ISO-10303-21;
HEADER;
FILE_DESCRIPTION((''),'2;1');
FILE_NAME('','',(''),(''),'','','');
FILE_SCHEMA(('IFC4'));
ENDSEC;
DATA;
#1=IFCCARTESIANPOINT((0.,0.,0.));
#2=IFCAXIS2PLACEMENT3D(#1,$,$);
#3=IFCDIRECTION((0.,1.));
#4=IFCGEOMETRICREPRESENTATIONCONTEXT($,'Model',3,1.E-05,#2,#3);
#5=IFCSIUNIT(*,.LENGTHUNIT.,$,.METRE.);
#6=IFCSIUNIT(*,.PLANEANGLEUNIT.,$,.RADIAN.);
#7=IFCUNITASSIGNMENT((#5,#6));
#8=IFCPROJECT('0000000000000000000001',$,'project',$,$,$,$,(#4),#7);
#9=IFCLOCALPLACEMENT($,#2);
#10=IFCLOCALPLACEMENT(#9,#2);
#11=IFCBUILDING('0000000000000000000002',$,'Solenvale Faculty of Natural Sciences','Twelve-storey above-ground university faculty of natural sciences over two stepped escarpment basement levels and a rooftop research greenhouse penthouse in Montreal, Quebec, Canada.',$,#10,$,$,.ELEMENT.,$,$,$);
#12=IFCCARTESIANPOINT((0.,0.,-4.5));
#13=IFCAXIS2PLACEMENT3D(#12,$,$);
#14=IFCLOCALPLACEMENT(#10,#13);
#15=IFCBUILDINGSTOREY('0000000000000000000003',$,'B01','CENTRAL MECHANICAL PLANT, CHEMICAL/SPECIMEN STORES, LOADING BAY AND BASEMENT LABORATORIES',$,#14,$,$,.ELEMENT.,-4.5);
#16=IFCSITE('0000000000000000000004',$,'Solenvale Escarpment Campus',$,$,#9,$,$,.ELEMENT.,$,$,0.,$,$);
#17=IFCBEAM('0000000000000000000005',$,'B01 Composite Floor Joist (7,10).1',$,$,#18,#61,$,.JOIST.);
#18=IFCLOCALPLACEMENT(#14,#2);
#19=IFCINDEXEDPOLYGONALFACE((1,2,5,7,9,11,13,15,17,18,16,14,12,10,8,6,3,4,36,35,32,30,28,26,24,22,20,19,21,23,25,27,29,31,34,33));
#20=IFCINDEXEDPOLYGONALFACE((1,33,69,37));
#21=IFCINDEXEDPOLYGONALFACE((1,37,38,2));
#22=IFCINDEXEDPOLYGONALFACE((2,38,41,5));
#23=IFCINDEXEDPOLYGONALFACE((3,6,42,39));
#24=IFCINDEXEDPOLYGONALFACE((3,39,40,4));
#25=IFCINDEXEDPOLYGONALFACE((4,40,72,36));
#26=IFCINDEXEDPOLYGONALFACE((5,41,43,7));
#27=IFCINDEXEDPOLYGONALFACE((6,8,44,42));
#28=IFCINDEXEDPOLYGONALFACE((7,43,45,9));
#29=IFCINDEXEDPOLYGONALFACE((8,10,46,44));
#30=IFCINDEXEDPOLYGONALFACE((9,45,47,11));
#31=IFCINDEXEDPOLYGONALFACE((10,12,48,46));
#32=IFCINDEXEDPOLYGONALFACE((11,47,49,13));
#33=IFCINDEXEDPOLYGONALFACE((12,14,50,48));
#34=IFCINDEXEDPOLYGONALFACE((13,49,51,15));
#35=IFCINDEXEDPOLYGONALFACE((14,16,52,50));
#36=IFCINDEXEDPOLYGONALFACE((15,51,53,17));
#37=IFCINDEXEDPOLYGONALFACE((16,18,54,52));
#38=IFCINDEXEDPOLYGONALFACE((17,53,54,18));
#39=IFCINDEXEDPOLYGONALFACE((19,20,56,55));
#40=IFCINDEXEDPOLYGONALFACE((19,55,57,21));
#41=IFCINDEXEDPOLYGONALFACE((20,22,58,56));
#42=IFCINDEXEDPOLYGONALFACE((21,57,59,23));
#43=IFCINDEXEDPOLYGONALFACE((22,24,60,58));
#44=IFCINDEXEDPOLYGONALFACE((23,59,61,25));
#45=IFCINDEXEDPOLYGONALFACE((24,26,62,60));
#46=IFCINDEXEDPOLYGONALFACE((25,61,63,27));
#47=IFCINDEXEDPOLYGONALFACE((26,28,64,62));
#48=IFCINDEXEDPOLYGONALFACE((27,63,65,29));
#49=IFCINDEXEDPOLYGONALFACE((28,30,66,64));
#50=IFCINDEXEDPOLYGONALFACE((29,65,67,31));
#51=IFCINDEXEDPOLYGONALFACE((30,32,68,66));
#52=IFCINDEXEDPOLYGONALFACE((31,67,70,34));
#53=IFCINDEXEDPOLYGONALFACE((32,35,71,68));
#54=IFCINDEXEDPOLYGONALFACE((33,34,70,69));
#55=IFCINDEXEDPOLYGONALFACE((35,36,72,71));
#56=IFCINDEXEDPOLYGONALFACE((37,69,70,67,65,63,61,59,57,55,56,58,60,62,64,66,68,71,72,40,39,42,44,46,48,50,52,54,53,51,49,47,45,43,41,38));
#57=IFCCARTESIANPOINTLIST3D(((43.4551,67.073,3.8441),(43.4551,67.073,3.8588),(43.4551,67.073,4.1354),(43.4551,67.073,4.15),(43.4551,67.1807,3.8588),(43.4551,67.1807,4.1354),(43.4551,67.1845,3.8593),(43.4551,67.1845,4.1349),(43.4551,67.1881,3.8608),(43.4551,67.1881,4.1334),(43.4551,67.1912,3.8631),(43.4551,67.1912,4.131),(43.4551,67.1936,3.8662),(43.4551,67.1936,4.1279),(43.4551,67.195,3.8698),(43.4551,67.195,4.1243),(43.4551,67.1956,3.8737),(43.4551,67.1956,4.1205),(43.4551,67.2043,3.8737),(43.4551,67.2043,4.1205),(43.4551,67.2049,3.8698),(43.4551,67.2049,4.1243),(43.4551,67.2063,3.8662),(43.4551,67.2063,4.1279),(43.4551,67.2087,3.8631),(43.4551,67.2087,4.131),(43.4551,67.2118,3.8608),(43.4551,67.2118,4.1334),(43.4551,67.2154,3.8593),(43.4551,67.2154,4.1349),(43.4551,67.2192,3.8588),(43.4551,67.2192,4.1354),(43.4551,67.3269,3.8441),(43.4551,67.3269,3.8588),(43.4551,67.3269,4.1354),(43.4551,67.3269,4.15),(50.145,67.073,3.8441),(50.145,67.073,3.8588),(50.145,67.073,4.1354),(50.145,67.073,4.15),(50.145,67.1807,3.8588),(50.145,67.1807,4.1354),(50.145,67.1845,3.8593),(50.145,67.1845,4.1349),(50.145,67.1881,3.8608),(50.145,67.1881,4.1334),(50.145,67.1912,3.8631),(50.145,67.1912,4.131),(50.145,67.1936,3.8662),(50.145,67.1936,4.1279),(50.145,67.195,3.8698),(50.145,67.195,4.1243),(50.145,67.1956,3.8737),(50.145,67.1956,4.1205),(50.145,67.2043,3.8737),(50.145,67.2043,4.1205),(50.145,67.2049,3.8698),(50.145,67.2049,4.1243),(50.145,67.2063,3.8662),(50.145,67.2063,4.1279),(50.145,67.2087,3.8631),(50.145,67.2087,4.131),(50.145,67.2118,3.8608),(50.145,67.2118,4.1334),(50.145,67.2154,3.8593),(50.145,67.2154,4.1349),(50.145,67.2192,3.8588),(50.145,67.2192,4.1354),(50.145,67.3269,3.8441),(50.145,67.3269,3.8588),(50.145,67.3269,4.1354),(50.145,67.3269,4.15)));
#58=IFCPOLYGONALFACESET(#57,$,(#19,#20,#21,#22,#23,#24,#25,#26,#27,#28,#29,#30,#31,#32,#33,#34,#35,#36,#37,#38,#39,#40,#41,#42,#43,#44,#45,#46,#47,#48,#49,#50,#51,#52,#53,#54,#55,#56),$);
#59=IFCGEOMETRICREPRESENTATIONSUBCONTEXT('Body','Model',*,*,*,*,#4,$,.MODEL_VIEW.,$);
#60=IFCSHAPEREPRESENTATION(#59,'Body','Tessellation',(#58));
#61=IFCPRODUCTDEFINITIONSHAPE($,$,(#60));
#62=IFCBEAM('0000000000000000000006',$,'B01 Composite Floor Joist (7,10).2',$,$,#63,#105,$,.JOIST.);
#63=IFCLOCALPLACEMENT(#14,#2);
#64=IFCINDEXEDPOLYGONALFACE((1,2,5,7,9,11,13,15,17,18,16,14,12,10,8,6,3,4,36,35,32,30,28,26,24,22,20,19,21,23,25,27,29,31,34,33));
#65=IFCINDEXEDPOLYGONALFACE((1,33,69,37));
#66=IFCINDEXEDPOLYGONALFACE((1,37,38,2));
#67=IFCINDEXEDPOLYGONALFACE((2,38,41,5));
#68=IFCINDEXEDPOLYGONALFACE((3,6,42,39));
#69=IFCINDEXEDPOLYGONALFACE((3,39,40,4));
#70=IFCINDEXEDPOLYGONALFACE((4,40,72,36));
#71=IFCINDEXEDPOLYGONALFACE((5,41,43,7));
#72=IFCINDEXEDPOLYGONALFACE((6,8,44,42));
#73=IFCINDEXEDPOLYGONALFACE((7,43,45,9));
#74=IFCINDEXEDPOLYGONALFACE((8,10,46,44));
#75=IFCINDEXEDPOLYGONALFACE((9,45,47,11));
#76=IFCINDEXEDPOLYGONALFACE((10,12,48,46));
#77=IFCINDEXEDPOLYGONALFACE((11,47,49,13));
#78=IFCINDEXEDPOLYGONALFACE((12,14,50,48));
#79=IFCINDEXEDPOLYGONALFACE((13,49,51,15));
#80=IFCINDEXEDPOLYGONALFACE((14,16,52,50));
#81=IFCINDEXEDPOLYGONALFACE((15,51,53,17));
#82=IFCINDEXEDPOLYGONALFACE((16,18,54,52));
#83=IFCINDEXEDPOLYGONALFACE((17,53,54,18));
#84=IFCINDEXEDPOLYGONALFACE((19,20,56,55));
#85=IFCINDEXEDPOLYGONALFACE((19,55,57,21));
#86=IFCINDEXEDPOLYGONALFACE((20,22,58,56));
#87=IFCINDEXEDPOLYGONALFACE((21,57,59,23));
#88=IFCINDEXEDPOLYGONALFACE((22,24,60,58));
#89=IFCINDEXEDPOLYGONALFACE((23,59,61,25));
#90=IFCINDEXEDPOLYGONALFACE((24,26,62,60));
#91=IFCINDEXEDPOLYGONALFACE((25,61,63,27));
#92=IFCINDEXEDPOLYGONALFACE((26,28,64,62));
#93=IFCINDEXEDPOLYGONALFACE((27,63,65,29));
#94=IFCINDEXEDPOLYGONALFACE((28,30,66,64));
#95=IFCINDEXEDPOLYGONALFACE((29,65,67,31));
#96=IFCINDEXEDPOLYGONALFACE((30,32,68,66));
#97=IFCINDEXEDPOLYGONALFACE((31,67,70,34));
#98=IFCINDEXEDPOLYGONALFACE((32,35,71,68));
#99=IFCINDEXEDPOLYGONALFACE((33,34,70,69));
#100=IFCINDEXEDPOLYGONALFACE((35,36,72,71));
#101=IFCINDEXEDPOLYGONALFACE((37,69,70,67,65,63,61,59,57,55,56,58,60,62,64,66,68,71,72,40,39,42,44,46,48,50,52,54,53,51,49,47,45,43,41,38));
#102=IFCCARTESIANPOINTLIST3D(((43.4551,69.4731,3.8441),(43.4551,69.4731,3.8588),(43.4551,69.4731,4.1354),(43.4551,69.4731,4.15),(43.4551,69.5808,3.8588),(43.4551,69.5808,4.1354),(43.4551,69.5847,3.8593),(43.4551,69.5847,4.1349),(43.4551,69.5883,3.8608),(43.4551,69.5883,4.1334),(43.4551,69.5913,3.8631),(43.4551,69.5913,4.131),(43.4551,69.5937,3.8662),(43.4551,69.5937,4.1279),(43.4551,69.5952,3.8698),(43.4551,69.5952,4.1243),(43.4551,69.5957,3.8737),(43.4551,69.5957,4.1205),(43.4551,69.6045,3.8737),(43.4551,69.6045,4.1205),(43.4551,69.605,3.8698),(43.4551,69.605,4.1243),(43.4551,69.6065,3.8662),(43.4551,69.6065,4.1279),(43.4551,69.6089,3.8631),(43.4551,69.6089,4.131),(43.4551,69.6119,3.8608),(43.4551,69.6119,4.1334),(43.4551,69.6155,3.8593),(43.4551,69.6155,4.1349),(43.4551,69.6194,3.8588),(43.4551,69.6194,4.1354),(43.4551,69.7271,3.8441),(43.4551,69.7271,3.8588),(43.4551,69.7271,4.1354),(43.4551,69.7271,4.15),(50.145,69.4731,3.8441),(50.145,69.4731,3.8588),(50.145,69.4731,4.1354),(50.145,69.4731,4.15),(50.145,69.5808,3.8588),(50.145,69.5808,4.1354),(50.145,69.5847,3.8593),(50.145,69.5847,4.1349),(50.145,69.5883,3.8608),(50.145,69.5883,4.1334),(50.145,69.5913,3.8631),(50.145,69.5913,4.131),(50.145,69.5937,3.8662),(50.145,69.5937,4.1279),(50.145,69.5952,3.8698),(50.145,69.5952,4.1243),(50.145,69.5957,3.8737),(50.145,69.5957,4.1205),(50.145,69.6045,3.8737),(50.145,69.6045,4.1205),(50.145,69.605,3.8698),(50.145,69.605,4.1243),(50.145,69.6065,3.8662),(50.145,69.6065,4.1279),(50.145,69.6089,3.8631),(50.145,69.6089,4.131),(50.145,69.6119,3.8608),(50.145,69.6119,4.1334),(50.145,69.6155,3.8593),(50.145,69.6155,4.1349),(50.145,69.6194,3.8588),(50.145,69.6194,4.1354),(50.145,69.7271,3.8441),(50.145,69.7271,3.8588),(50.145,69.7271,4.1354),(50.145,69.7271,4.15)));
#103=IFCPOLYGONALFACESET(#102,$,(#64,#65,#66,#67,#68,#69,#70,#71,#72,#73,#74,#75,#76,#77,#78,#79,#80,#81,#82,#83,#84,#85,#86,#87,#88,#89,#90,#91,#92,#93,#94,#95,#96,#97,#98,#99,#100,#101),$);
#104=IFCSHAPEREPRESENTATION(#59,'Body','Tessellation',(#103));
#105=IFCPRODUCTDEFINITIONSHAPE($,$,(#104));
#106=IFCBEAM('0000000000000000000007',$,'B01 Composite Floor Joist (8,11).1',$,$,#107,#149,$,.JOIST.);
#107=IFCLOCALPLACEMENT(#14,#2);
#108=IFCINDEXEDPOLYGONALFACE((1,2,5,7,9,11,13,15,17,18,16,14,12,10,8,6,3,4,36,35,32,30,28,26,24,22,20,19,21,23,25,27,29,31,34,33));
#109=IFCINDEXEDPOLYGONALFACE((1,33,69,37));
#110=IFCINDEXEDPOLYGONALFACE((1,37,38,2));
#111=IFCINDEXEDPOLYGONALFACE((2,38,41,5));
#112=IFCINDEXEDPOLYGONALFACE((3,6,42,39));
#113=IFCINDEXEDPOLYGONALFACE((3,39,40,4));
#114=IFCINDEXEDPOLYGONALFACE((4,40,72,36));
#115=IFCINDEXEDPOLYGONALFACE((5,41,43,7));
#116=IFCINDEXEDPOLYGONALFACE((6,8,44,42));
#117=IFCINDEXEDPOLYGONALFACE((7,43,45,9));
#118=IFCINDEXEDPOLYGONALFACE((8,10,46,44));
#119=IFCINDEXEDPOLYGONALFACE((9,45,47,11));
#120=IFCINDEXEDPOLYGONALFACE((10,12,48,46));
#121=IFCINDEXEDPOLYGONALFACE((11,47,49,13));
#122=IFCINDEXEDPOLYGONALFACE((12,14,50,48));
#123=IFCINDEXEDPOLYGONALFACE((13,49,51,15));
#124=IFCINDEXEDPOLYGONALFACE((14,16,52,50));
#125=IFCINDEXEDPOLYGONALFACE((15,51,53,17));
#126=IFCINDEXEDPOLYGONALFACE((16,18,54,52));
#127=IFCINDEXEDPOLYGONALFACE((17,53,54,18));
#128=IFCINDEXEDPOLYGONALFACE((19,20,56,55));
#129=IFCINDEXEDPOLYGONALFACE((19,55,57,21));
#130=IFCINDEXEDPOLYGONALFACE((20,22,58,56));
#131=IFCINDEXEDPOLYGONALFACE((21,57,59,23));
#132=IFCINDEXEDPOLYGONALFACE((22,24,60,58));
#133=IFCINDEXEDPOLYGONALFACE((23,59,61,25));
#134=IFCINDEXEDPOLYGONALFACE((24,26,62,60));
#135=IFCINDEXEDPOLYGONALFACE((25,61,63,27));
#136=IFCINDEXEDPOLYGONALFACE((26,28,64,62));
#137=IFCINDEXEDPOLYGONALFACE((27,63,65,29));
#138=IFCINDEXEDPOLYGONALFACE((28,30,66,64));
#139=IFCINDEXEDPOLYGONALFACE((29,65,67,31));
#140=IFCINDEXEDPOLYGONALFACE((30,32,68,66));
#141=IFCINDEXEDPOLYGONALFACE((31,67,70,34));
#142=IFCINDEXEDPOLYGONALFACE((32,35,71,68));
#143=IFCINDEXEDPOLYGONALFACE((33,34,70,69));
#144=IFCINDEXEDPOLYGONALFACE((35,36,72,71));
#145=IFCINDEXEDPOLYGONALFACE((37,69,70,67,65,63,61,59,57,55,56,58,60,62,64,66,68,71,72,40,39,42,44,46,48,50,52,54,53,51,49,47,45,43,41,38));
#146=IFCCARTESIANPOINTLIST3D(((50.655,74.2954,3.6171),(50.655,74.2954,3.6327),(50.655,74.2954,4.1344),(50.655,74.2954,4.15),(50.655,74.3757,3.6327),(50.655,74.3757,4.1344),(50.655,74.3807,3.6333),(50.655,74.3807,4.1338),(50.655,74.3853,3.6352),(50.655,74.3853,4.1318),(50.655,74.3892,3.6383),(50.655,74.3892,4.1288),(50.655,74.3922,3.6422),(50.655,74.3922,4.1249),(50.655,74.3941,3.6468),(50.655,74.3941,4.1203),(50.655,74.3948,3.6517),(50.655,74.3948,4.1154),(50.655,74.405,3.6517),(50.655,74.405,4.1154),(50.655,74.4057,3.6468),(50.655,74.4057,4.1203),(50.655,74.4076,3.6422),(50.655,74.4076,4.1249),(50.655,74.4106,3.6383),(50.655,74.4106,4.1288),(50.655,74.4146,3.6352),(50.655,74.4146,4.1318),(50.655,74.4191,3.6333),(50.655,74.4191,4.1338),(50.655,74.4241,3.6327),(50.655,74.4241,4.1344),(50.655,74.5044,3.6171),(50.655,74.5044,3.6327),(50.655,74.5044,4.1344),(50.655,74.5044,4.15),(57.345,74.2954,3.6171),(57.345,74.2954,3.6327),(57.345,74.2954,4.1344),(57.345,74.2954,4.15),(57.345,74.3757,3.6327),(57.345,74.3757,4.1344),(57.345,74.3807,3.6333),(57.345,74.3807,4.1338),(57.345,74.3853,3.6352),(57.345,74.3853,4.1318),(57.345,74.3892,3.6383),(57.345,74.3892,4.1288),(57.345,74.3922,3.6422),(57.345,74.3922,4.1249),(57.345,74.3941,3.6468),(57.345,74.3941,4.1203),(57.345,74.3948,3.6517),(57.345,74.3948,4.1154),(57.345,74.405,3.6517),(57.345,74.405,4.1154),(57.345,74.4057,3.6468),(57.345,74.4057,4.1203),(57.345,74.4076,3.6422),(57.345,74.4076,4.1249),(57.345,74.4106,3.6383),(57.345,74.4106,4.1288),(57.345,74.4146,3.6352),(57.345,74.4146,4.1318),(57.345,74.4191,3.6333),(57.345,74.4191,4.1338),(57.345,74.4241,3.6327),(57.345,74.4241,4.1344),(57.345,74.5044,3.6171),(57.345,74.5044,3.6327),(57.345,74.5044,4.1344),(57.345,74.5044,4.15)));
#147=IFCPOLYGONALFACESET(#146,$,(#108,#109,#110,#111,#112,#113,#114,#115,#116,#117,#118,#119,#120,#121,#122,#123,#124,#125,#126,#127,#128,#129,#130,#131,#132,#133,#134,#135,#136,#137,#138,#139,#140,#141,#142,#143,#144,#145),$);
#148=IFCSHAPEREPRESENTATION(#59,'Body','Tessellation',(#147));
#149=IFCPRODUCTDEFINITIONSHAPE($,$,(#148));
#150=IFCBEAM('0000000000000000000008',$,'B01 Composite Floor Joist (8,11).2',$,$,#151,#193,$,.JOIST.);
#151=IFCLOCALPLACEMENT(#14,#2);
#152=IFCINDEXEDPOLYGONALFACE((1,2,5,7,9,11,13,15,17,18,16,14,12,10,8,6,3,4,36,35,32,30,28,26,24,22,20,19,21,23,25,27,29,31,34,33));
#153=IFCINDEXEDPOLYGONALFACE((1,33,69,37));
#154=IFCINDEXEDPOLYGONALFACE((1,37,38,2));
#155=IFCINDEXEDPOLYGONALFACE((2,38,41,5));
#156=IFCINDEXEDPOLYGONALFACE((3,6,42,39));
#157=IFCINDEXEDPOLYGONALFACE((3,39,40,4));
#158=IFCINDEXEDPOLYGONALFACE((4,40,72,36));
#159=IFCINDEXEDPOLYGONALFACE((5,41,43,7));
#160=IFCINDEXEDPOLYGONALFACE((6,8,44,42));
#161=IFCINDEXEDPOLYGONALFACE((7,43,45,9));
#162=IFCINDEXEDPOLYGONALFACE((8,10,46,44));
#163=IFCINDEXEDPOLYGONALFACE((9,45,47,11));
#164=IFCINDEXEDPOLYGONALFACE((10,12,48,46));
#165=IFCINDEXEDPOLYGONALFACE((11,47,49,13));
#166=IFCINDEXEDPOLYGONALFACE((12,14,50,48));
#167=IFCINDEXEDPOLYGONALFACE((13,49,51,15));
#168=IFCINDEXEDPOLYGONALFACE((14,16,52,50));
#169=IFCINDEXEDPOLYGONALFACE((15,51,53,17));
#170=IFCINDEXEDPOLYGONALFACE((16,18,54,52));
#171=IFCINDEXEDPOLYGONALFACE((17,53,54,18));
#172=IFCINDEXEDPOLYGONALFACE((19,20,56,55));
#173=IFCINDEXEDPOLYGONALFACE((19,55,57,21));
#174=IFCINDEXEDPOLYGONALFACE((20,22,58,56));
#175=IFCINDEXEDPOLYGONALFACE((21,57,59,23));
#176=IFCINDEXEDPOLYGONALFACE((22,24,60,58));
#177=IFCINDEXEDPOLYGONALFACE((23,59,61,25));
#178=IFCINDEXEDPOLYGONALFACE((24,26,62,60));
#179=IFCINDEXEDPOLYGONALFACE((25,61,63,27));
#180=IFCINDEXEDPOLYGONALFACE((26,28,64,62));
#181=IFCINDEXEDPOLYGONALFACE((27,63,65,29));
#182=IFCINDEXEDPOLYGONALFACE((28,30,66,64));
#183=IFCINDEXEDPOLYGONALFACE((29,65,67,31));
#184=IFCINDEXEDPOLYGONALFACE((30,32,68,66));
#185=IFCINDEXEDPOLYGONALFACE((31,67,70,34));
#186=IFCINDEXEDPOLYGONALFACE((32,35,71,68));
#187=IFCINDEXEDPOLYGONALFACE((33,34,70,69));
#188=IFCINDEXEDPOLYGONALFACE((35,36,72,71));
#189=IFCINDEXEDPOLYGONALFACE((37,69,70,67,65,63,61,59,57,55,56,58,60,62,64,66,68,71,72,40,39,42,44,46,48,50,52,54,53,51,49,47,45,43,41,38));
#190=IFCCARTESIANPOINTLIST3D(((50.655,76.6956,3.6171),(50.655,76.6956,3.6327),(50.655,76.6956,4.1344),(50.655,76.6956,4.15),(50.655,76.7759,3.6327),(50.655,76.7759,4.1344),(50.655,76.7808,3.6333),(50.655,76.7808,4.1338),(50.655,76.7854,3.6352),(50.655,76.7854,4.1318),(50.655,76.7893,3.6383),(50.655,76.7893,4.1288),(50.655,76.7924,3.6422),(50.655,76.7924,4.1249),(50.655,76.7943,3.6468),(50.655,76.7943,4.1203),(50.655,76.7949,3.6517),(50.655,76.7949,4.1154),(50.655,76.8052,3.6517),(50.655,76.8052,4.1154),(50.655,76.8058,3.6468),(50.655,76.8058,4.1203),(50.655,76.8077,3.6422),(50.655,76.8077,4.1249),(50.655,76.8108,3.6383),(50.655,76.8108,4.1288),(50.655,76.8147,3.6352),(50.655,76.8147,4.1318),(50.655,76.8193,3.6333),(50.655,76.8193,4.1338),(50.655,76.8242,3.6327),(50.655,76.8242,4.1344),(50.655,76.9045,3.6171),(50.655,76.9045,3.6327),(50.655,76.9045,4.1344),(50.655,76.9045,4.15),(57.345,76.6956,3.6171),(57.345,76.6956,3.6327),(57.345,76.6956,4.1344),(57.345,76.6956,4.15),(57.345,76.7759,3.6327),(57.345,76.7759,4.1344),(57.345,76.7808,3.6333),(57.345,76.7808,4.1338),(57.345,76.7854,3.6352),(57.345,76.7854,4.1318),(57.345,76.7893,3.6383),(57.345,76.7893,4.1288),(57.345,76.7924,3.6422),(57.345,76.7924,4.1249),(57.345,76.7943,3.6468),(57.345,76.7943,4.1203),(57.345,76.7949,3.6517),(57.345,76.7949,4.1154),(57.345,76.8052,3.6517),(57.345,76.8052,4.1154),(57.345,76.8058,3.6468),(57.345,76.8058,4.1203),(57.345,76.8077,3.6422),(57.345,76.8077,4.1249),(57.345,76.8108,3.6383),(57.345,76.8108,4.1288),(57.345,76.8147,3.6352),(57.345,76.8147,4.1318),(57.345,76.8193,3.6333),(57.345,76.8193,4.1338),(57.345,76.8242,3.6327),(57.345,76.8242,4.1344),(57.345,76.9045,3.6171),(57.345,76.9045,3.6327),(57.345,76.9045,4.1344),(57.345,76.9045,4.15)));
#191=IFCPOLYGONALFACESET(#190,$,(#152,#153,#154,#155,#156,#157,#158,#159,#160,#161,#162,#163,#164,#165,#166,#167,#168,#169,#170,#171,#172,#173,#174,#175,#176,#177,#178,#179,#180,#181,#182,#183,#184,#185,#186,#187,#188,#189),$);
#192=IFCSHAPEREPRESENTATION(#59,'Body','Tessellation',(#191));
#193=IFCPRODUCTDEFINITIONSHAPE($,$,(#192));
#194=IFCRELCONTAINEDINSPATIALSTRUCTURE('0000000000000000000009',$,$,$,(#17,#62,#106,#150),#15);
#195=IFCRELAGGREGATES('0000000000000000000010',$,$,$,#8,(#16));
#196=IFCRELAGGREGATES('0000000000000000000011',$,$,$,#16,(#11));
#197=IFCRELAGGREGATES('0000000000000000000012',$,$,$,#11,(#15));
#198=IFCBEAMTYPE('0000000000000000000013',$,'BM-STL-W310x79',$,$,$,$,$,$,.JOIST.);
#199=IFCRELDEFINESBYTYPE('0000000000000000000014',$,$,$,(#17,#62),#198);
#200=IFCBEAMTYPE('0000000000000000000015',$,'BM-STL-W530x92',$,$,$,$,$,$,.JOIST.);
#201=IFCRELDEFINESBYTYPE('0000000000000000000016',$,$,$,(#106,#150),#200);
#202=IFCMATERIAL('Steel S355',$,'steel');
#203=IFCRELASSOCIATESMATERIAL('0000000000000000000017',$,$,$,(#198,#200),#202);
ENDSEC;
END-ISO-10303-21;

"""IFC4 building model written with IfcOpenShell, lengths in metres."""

from ifc_helpers import new_model, si_unit, direction, frame, origin, origin_2d, place, context, subcontext, project, spatial, i_section, extrude, material, material_profile, profile_set, type_object, element, save


model = new_model("IFC4")

# Units and contexts
model_context = context("Model", 3, precision=1e-05, world=origin(), true_north=direction((0.0, 1.0)))
body_context = subcontext(model_context, "Body", "Model", "MODEL_VIEW")
ifc_project = project(units=[si_unit("LENGTHUNIT", "METRE"), si_unit("PLANEANGLEUNIT", "RADIAN")], contexts=[model_context])

# Site, building, storey
site_placement = place(None, origin())
site = spatial("IfcSite", under=ifc_project, at=site_placement, Name="Solenvale Escarpment Campus", CompositionType="ELEMENT", RefElevation=0.0)
building_placement = place(site_placement, origin())
building = spatial("IfcBuilding", under=site, at=building_placement, Name="Solenvale Faculty of Natural Sciences", Description="Twelve-storey above-ground university faculty of natural sciences over two stepped escarpment basement levels and a rooftop research greenhouse penthouse in Montreal, Quebec, Canada.", CompositionType="ELEMENT")
storey_placement = place(building_placement, frame((0.0, 0.0, -4.5)))
storey = spatial("IfcBuildingStorey", under=building, at=storey_placement, Name="B01", Description="CENTRAL MECHANICAL PLANT, CHEMICAL/SPECIMEN STORES, LOADING BAY AND BASEMENT LABORATORIES", CompositionType="ELEMENT", Elevation=-4.5)

# Beams
ifc_material_1 = material(Name="Steel S355", Category="steel")
ifc_material_profile_1 = material_profile(ifc_material_1, i_section(OverallWidth=0.2539, OverallDepth=0.3059, WebThickness=0.0088, FlangeThickness=0.0146, FilletRadius=0.0149, at=origin_2d()), Name="W310x79")
ifc_profile_set_1 = profile_set([ifc_material_profile_1], Name="Steel S355")
beam_type_1 = type_object("IfcBeamType", Name="BM-STL-W310x79", PredefinedType="JOIST", material=ifc_profile_set_1)
for number, where, z_axis, x_axis, name in (
    (1, (43.4551, 67.2, 3.9971), (1.0, 0.0, 0.0), (0.0, 1.0, 0.0), "B01 Composite Floor Joist (7,10).1"),
    (2, (43.4551, 69.6001, 3.9971), (1.0, 0.0, 0.0), (0.0, 1.0, 0.0), "B01 Composite Floor Joist (7,10).2"),
):
    element("IfcBeam", number, at=place(storey_placement, frame(where, z_axis=z_axis, x_axis=x_axis)), inside=storey, type_object=beam_type_1, Name=name, PredefinedType="JOIST", context=body_context, shape_type="SweptSolid", body=[
        extrude(i_section(OverallWidth=0.2539, OverallDepth=0.3059, WebThickness=0.0088, FlangeThickness=0.0146, FilletRadius=0.0149, at=origin_2d()), origin(), (0.0, 0.0, 1.0), 6.6899),
    ])
ifc_material_profile_2 = material_profile(ifc_material_1, i_section(OverallWidth=0.209, OverallDepth=0.533, WebThickness=0.0103, FlangeThickness=0.0156, FilletRadius=0.019, at=origin_2d()), Name="W530x92")
ifc_profile_set_2 = profile_set([ifc_material_profile_2], Name="Steel S355")
beam_type_2 = type_object("IfcBeamType", Name="BM-STL-W530x92", PredefinedType="JOIST", material=ifc_profile_set_2)
for number, where, z_axis, x_axis, name in (
    (3, (50.655, 74.3999, 3.8835), (1.0, 0.0, 0.0), (0.0, 1.0, 0.0), "B01 Composite Floor Joist (8,11).1"),
    (4, (50.655, 76.8, 3.8835), (1.0, 0.0, 0.0), (0.0, 1.0, 0.0), "B01 Composite Floor Joist (8,11).2"),
):
    element("IfcBeam", number, at=place(storey_placement, frame(where, z_axis=z_axis, x_axis=x_axis)), inside=storey, type_object=beam_type_2, Name=name, PredefinedType="JOIST", context=body_context, shape_type="SweptSolid", body=[
        extrude(i_section(OverallWidth=0.209, OverallDepth=0.533, WebThickness=0.0103, FlangeThickness=0.0156, FilletRadius=0.019, at=origin_2d()), origin(), (0.0, 0.0, 1.0), 6.6899),
    ])

save(model, "model.ifc")
